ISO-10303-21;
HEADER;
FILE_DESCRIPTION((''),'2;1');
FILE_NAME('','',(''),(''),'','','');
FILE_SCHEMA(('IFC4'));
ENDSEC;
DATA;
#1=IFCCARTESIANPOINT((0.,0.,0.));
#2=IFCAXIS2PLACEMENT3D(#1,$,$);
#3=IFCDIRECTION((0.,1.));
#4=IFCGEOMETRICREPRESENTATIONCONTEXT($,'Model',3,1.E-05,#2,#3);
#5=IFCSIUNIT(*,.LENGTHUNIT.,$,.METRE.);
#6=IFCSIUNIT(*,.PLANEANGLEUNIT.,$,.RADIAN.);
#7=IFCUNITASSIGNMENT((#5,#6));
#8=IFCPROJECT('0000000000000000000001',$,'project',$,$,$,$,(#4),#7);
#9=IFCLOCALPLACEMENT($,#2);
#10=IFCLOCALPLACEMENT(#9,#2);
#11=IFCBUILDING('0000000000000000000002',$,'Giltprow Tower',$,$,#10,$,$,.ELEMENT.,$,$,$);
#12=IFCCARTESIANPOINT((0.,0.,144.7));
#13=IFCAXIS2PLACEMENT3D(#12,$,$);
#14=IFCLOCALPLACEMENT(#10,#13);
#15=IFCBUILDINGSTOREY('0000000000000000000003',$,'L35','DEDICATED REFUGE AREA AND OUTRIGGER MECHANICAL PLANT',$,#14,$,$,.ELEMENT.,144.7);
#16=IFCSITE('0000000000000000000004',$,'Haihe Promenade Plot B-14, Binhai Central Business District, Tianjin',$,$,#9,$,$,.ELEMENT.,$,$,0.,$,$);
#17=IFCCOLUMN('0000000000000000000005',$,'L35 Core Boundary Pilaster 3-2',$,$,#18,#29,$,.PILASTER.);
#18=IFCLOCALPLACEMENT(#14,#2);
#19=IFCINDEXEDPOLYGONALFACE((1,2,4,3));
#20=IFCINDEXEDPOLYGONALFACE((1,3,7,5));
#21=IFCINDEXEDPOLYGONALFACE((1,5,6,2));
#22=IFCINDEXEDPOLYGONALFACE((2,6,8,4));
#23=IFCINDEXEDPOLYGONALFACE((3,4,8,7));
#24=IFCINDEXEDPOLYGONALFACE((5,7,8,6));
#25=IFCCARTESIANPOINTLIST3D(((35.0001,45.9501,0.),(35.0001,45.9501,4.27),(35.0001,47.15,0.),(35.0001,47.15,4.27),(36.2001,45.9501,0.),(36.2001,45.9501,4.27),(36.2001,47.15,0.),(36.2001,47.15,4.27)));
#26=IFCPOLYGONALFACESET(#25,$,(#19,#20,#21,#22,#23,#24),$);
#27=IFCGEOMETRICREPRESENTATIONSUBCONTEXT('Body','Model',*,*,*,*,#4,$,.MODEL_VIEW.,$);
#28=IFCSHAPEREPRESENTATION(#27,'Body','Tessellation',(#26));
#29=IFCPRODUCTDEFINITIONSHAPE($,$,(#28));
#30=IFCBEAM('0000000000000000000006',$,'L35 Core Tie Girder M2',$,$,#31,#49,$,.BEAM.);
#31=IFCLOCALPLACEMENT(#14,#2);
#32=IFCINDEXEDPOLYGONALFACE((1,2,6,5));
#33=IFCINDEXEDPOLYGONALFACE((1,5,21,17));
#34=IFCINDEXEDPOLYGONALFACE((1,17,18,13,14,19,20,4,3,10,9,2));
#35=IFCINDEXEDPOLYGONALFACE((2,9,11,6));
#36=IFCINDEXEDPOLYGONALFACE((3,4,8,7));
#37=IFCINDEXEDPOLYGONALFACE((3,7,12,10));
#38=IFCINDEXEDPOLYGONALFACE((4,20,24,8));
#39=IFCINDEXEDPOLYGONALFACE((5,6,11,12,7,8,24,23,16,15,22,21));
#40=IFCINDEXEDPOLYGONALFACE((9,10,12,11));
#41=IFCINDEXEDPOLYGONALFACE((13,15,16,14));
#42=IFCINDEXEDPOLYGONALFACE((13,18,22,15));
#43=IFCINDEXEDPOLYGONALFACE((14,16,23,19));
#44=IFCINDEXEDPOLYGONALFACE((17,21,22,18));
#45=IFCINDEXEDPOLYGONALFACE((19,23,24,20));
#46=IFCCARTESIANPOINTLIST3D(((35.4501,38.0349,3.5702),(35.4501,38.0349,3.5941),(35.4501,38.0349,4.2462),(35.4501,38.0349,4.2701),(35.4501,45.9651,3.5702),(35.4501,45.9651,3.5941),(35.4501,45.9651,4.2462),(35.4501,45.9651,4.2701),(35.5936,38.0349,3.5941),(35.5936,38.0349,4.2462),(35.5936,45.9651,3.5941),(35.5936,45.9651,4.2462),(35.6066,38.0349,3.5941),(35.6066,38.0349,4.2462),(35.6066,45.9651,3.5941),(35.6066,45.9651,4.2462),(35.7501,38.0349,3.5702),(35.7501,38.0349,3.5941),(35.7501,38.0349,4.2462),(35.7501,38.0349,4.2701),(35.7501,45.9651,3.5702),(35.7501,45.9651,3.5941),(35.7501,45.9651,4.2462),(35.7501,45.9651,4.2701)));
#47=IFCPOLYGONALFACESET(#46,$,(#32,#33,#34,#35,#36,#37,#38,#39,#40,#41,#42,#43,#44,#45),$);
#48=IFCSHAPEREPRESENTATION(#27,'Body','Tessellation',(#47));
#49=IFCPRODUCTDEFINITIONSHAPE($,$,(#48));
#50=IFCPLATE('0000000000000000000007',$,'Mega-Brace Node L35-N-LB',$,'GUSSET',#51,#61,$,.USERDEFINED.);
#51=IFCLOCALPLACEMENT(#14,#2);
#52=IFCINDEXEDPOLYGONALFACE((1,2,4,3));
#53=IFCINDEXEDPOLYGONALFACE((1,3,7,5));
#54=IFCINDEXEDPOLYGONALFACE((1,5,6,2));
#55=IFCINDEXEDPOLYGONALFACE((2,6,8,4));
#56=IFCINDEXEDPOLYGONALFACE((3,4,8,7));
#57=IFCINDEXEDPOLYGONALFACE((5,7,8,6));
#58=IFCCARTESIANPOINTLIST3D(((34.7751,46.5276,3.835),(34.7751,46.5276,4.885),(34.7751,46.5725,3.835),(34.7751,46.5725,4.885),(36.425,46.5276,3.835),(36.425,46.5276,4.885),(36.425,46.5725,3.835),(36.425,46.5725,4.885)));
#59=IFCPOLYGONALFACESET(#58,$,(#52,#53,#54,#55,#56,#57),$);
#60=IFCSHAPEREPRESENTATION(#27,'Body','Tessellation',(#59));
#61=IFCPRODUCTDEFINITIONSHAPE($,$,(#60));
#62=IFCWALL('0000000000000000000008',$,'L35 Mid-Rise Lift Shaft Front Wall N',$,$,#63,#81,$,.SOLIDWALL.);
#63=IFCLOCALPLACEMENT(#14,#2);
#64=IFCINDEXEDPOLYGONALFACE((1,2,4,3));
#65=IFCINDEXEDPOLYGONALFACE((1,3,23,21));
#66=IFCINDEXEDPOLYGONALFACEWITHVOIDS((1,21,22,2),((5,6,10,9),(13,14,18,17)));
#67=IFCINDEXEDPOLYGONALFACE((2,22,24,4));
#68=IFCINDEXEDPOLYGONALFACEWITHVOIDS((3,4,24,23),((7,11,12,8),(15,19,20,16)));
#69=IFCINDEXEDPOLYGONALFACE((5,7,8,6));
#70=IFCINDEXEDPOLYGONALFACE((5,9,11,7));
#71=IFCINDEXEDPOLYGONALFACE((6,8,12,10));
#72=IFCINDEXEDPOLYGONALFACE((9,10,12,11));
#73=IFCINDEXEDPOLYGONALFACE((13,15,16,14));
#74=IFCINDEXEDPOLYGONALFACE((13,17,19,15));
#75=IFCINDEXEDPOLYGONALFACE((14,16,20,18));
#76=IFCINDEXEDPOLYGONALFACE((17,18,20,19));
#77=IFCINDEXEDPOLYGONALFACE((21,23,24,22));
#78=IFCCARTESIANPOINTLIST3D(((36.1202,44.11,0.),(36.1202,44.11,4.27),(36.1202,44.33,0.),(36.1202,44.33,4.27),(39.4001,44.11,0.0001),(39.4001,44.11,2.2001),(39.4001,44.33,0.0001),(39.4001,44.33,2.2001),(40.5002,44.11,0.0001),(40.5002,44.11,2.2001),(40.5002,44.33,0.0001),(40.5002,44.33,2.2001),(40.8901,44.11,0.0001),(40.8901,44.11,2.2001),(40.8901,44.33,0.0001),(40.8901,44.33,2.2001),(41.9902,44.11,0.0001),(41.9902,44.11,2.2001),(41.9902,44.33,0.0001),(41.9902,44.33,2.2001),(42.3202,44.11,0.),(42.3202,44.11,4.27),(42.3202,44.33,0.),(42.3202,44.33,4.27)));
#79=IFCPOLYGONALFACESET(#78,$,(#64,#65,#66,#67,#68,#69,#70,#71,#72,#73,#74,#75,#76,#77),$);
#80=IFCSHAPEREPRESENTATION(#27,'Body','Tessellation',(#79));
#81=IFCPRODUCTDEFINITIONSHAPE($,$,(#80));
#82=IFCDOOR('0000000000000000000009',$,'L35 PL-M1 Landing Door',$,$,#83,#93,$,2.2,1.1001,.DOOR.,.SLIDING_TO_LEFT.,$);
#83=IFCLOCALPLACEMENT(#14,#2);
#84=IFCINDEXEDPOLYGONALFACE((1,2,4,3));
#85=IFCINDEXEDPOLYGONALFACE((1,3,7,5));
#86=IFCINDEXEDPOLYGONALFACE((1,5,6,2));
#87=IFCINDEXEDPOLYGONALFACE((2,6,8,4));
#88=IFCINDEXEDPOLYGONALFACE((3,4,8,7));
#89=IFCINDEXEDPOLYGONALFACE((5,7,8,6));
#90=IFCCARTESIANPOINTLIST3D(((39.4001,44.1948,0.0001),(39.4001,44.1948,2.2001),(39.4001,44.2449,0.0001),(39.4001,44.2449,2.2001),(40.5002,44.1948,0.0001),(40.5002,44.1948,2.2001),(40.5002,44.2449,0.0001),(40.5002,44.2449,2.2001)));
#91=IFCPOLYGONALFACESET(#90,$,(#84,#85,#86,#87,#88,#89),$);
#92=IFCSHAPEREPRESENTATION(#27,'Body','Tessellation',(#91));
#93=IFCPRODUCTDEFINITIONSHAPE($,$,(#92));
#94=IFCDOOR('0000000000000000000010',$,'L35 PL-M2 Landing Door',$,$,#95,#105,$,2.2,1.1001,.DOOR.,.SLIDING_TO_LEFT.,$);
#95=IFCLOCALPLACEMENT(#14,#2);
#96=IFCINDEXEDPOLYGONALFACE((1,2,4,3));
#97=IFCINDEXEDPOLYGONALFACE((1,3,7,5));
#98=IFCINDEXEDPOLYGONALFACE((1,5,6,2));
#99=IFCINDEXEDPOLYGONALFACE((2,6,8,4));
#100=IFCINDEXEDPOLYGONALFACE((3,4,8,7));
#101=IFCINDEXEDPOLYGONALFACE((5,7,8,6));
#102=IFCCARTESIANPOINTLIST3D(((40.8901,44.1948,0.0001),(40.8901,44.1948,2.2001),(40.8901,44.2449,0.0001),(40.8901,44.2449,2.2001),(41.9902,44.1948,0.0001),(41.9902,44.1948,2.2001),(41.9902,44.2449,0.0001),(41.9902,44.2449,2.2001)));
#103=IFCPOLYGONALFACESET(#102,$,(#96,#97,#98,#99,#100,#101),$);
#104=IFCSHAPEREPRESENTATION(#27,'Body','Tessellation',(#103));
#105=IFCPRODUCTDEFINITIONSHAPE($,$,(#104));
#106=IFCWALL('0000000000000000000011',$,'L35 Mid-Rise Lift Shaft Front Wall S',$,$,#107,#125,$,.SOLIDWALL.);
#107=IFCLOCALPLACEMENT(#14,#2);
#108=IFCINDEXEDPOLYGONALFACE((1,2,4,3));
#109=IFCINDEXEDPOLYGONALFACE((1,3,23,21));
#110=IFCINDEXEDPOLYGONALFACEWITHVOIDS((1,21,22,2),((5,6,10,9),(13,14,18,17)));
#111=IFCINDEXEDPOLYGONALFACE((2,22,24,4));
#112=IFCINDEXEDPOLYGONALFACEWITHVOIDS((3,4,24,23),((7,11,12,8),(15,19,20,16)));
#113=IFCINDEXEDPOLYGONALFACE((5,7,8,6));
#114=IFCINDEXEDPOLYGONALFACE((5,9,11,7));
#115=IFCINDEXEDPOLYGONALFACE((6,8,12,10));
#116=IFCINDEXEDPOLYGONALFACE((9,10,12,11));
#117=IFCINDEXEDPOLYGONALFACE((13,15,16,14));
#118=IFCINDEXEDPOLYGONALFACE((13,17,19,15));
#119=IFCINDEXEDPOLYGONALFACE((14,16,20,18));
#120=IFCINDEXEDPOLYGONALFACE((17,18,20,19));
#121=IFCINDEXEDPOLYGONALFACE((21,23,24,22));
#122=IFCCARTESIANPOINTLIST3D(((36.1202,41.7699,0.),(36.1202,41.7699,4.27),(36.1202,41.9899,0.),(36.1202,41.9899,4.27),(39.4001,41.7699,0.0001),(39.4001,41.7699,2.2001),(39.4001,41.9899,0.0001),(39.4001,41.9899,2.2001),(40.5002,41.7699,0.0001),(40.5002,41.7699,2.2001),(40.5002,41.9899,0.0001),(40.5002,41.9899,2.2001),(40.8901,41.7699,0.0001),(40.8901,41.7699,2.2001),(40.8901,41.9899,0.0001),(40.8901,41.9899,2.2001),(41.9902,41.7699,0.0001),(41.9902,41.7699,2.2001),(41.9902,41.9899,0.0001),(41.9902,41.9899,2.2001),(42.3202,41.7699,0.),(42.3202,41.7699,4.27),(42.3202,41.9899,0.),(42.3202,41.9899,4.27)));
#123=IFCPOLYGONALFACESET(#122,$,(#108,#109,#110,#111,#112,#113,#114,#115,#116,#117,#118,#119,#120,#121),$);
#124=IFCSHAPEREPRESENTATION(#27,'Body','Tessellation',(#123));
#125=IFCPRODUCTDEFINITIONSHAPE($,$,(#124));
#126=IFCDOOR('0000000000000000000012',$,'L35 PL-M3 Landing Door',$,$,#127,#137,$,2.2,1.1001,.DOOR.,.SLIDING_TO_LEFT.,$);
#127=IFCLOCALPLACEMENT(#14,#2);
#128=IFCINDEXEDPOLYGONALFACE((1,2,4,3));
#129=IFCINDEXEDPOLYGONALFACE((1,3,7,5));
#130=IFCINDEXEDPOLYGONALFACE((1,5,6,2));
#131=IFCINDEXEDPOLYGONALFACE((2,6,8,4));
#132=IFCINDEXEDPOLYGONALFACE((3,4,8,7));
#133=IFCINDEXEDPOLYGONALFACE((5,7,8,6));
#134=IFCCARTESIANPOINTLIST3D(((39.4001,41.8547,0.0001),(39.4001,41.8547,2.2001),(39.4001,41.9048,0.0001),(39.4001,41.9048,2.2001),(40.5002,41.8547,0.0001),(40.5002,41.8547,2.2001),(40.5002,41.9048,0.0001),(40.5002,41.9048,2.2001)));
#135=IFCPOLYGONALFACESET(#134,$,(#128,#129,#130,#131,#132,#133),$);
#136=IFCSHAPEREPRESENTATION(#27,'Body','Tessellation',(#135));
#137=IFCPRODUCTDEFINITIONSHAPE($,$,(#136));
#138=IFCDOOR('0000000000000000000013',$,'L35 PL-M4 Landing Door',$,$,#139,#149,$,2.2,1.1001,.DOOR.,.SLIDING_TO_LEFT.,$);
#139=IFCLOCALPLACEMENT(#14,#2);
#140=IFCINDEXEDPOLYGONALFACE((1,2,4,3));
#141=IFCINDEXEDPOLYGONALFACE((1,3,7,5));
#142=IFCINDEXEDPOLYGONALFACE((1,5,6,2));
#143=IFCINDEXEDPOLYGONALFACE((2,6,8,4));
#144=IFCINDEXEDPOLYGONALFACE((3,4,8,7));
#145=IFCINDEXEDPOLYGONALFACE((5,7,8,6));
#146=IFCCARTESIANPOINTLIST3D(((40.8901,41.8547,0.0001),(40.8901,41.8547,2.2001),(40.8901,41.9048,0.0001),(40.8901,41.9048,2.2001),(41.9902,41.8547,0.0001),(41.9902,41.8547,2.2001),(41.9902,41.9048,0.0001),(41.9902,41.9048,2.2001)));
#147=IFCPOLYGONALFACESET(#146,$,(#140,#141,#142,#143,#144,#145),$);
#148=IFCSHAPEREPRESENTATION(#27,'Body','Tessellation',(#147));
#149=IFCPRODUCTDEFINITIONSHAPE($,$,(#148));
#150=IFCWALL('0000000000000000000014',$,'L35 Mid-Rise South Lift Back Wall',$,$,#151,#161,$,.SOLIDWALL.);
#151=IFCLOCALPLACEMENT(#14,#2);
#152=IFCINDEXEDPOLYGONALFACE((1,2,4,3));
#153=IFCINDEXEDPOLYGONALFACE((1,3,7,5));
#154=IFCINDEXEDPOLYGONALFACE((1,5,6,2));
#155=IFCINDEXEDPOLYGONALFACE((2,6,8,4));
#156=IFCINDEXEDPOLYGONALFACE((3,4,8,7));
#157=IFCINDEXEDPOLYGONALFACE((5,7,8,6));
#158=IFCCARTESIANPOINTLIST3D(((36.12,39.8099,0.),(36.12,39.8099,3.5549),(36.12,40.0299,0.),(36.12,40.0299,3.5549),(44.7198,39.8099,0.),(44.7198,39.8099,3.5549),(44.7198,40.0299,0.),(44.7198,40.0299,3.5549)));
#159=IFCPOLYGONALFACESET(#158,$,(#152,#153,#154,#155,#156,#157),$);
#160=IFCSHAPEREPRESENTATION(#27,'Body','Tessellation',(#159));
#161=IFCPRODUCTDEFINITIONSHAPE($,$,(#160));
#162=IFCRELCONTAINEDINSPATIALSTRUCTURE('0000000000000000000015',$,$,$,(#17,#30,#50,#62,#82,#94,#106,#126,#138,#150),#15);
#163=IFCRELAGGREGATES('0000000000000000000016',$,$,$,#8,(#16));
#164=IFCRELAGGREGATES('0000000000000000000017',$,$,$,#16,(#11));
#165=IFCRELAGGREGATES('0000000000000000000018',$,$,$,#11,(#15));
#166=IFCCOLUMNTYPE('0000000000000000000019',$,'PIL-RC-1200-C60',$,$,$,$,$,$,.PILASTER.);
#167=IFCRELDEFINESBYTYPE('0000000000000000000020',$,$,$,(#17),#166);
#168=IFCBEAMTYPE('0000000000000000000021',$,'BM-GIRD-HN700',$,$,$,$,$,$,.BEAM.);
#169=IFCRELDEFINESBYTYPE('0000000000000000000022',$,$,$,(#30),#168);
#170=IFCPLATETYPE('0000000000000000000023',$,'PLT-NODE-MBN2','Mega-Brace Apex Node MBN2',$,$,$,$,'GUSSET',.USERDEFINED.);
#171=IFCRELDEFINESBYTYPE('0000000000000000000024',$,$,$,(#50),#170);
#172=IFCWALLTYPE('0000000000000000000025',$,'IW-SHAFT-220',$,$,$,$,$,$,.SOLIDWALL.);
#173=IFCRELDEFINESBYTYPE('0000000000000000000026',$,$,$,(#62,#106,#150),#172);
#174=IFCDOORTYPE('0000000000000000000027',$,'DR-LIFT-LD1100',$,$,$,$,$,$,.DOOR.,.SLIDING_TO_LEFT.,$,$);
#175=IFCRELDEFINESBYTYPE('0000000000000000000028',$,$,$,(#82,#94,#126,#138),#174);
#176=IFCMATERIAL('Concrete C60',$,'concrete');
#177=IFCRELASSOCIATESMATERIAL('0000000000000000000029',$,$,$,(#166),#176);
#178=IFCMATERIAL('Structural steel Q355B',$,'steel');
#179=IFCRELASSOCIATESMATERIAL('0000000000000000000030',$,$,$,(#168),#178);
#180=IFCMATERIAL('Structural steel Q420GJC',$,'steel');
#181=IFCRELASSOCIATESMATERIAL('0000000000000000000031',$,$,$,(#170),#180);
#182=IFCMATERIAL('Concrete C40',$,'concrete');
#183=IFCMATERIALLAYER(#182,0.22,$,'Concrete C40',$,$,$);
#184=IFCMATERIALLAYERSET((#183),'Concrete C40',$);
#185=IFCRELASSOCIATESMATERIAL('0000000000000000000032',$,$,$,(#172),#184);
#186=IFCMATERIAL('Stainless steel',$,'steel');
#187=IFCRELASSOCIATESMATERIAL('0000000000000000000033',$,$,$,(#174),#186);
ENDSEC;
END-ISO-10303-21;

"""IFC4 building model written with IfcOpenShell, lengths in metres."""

from ifc_helpers import new_model, si_unit, direction, frame, frame_2d, origin, origin_2d, place, context, subcontext, project, spatial, rectangle, i_section, extrude, source, transform, mapped, material, layer, layer_set, material_profile, profile_set, type_object, element, fill, save


model = new_model("IFC4")

# Units and contexts
model_context = context("Model", 3, precision=1e-05, world=origin(), true_north=direction((0.0, 1.0)))
body_context = subcontext(model_context, "Body", "Model", "MODEL_VIEW")
ifc_project = project(units=[si_unit("LENGTHUNIT", "METRE"), si_unit("PLANEANGLEUNIT", "RADIAN")], contexts=[model_context])

# Site, building, storey
site_placement = place(None, origin())
site = spatial("IfcSite", under=ifc_project, at=site_placement, Name="Haihe Promenade Plot B-14, Binhai Central Business District, Tianjin", CompositionType="ELEMENT", RefElevation=0.0)
building_placement = place(site_placement, origin())
building = spatial("IfcBuilding", under=site, at=building_placement, Name="Giltprow Tower", CompositionType="ELEMENT")
storey_placement = place(building_placement, frame((0.0, 0.0, 144.7)))
storey = spatial("IfcBuildingStorey", under=building, at=storey_placement, Name="L35", Description="DEDICATED REFUGE AREA AND OUTRIGGER MECHANICAL PLANT", CompositionType="ELEMENT", Elevation=144.7)

# Column
ifc_material_1 = material(Name="Concrete C60", Category="concrete")
ifc_material_profile_1 = material_profile(ifc_material_1, rectangle(XDim=1.2, YDim=1.2, at=origin_2d()), Name="RC 1200x1200")
ifc_profile_set_1 = profile_set([ifc_material_profile_1], Name="Concrete C60")
column_type = type_object("IfcColumnType", Name="PIL-RC-1200-C60", PredefinedType="PILASTER", material=ifc_profile_set_1)
shared_shape_1 = source(origin(), body_context, "Body", "SweptSolid", [
    extrude(rectangle(XDim=1.2, YDim=1.2, at=origin_2d()), origin(), (0.0, 0.0, 1.0), 4.27),
])
column_placement = place(storey_placement, frame((35.6001, 46.55, 0.0), z_axis=(0.0, 0.0, 1.0), x_axis=(1.0, 0.0, 0.0)))
element("IfcColumn", 1, at=column_placement, inside=storey, type_object=column_type, Name="L35 Core Boundary Pilaster 3-2", PredefinedType="PILASTER", context=body_context, shape_type="MappedRepresentation", body=[
    mapped(shared_shape_1, transform((0.0, 0.0, 0.0), x_axis=(1.0, 0.0, 0.0), y_axis=(0.0, 1.0, 0.0), z_axis=(0.0, 0.0, 1.0), scale=1.0)),
])

# Beam
ifc_material_2 = material(Name="Structural steel Q355B", Category="steel")
ifc_material_profile_2 = material_profile(ifc_material_2, i_section(OverallWidth=0.3, OverallDepth=0.7, WebThickness=0.0129, FlangeThickness=0.0239, at=origin_2d()), Name="HN 700x300x13x24")
ifc_profile_set_2 = profile_set([ifc_material_profile_2], Name="Structural steel Q355B")
beam_type = type_object("IfcBeamType", Name="BM-GIRD-HN700", PredefinedType="BEAM", material=ifc_profile_set_2)
shared_shape_2 = source(origin(), body_context, "Body", "SweptSolid", [
    extrude(i_section(OverallWidth=0.3, OverallDepth=0.7, WebThickness=0.0129, FlangeThickness=0.0239, at=origin_2d()), origin(), (0.0, 0.0, 1.0), 7.9302),
])
beam_placement = place(storey_placement, frame((35.6001, 38.0349, 3.9202), z_axis=(0.0, 1.0, 0.0), x_axis=(-1.0, 0.0, 0.0)))
element("IfcBeam", 2, at=beam_placement, inside=storey, type_object=beam_type, Name="L35 Core Tie Girder M2", PredefinedType="BEAM", context=body_context, shape_type="MappedRepresentation", body=[
    mapped(shared_shape_2, transform((0.0, 0.0, 0.0), x_axis=(1.0, 0.0, 0.0), y_axis=(0.0, 1.0, 0.0), z_axis=(0.0, 0.0, 1.0), scale=1.0)),
])

# Plate
ifc_material_3 = material(Name="Structural steel Q420GJC", Category="steel")
plate_type = type_object("IfcPlateType", Name="PLT-NODE-MBN2", Description="Mega-Brace Apex Node MBN2", ElementType="GUSSET", PredefinedType="USERDEFINED", material=ifc_material_3)
shared_shape_3 = source(origin(), body_context, "Body", "SweptSolid", [
    extrude(rectangle(XDim=1.6499, YDim=0.0449, at=origin_2d()), origin(), (0.0, 0.0, 1.0), 1.05),
])
plate_placement = place(storey_placement, frame((35.6001, 46.55, 3.835), z_axis=(0.0, 0.0, 1.0), x_axis=(1.0, 0.0, 0.0)))
element("IfcPlate", 3, at=plate_placement, inside=storey, type_object=plate_type, Name="Mega-Brace Node L35-N-LB", ObjectType="GUSSET", PredefinedType="USERDEFINED", context=body_context, shape_type="MappedRepresentation", body=[
    mapped(shared_shape_3, transform((0.0, 0.0, 0.0), x_axis=(1.0, 0.0, 0.0), y_axis=(0.0, 1.0, 0.0), z_axis=(0.0, 0.0, 1.0), scale=1.0)),
])

# Walls, openings, doors
ifc_material_4 = material(Name="Concrete C40", Category="concrete")
ifc_layer_1 = layer(ifc_material_4, 0.22, Name="Concrete C40")
ifc_layer_set_1 = layer_set([ifc_layer_1], Name="Concrete C40")
wall_type_1 = type_object("IfcWallType", Name="IW-SHAFT-220", PredefinedType="SOLIDWALL", material=ifc_layer_set_1)
wall_1_placement = place(storey_placement, frame((36.1201, 44.22, 0.0), z_axis=(0.0, 0.0, 1.0), x_axis=(1.0, 0.0, 0.0)))
wall_1 = element("IfcWall", 4, at=wall_1_placement, inside=storey, type_object=wall_type_1, Name="L35 Mid-Rise Lift Shaft Front Wall N", PredefinedType="SOLIDWALL", context=body_context, shape_type="SweptSolid", body=[
    extrude(rectangle(XDim=6.2, YDim=0.22, at=frame_2d((3.1001, 0.0))), origin(), (0.0, 0.0, 1.0), 4.27),
])
opening_1_placement = place(wall_1_placement, frame((3.28, 0.0, 0.0)))
opening_1 = element("IfcOpeningElement", 5, at=opening_1_placement, cuts=wall_1, PredefinedType="OPENING", context=body_context, shape_type="SweptSolid", body=[
    extrude(rectangle(XDim=1.1001, YDim=2.2, at=frame_2d((0.55, 1.1001))), frame((0.0, 0.1199, 0.0), z_axis=(0.0, -1.0, 0.0), x_axis=(1.0, 0.0, 0.0)), (0.0, 0.0, 1.0), 0.24),
])
opening_2_placement = place(wall_1_placement, frame((4.77, 0.0, 0.0)))
opening_2 = element("IfcOpeningElement", 6, at=opening_2_placement, cuts=wall_1, PredefinedType="OPENING", context=body_context, shape_type="SweptSolid", body=[
    extrude(rectangle(XDim=1.1001, YDim=2.2, at=frame_2d((0.55, 1.1001))), frame((0.0, 0.1199, 0.0), z_axis=(0.0, -1.0, 0.0), x_axis=(1.0, 0.0, 0.0)), (0.0, 0.0, 1.0), 0.24),
])
ifc_material_5 = material(Name="Stainless steel", Category="steel")
door_type_1 = type_object("IfcDoorType", Name="DR-LIFT-LD1100", OperationType="SLIDING_TO_LEFT", PredefinedType="DOOR", material=ifc_material_5)
shared_shape_4 = source(origin(), body_context, "Body", "SweptSolid", [
    extrude(rectangle(XDim=1.1001, YDim=2.2, at=frame_2d((0.55, 1.1001))), frame((0.0, 0.0249, 0.0), z_axis=(0.0, -1.0, 0.0), x_axis=(1.0, 0.0, 0.0)), (0.0, 0.0, 1.0), 0.05),
])
door_1_placement = place(opening_1_placement, origin())
door_1 = element("IfcDoor", 7, at=door_1_placement, inside=storey, type_object=door_type_1, Name="L35 PL-M1 Landing Door", OperationType="SLIDING_TO_LEFT", OverallHeight=2.2, OverallWidth=1.1001, PredefinedType="DOOR", context=body_context, shape_type="MappedRepresentation", body=[
    mapped(shared_shape_4, transform((0.0, 0.0, 0.0), x_axis=(1.0, 0.0, 0.0), y_axis=(0.0, 1.0, 0.0), z_axis=(0.0, 0.0, 1.0), scale=1.0)),
])
fill(opening_1, door_1)
door_2_placement = place(opening_2_placement, origin())
door_2 = element("IfcDoor", 8, at=door_2_placement, inside=storey, type_object=door_type_1, Name="L35 PL-M2 Landing Door", OperationType="SLIDING_TO_LEFT", OverallHeight=2.2, OverallWidth=1.1001, PredefinedType="DOOR", context=body_context, shape_type="MappedRepresentation", body=[
    mapped(shared_shape_4, transform((0.0, 0.0, 0.0), x_axis=(1.0, 0.0, 0.0), y_axis=(0.0, 1.0, 0.0), z_axis=(0.0, 0.0, 1.0), scale=1.0)),
])
fill(opening_2, door_2)
wall_2_placement = place(storey_placement, frame((36.1201, 41.8799, 0.0), z_axis=(0.0, 0.0, 1.0), x_axis=(1.0, 0.0, 0.0)))
wall_2 = element("IfcWall", 9, at=wall_2_placement, inside=storey, type_object=wall_type_1, Name="L35 Mid-Rise Lift Shaft Front Wall S", PredefinedType="SOLIDWALL", context=body_context, shape_type="SweptSolid", body=[
    extrude(rectangle(XDim=6.2, YDim=0.22, at=frame_2d((3.1001, 0.0))), origin(), (0.0, 0.0, 1.0), 4.27),
])
opening_3_placement = place(wall_2_placement, frame((3.28, 0.0, 0.0)))
opening_3 = element("IfcOpeningElement", 10, at=opening_3_placement, cuts=wall_2, PredefinedType="OPENING", context=body_context, shape_type="SweptSolid", body=[
    extrude(rectangle(XDim=1.1001, YDim=2.2, at=frame_2d((0.55, 1.1001))), frame((0.0, 0.1199, 0.0), z_axis=(0.0, -1.0, 0.0), x_axis=(1.0, 0.0, 0.0)), (0.0, 0.0, 1.0), 0.24),
])
opening_4_placement = place(wall_2_placement, frame((4.77, 0.0, 0.0)))
opening_4 = element("IfcOpeningElement", 11, at=opening_4_placement, cuts=wall_2, PredefinedType="OPENING", context=body_context, shape_type="SweptSolid", body=[
    extrude(rectangle(XDim=1.1001, YDim=2.2, at=frame_2d((0.55, 1.1001))), frame((0.0, 0.1199, 0.0), z_axis=(0.0, -1.0, 0.0), x_axis=(1.0, 0.0, 0.0)), (0.0, 0.0, 1.0), 0.24),
])
door_3_placement = place(opening_3_placement, origin())
door_3 = element("IfcDoor", 12, at=door_3_placement, inside=storey, type_object=door_type_1, Name="L35 PL-M3 Landing Door", OperationType="SLIDING_TO_LEFT", OverallHeight=2.2, OverallWidth=1.1001, PredefinedType="DOOR", context=body_context, shape_type="MappedRepresentation", body=[
    mapped(shared_shape_4, transform((0.0, 0.0, 0.0), x_axis=(1.0, 0.0, 0.0), y_axis=(0.0, 1.0, 0.0), z_axis=(0.0, 0.0, 1.0), scale=1.0)),
])
fill(opening_3, door_3)
door_4_placement = place(opening_4_placement, origin())
door_4 = element("IfcDoor", 13, at=door_4_placement, inside=storey, type_object=door_type_1, Name="L35 PL-M4 Landing Door", OperationType="SLIDING_TO_LEFT", OverallHeight=2.2, OverallWidth=1.1001, PredefinedType="DOOR", context=body_context, shape_type="MappedRepresentation", body=[
    mapped(shared_shape_4, transform((0.0, 0.0, 0.0), x_axis=(1.0, 0.0, 0.0), y_axis=(0.0, 1.0, 0.0), z_axis=(0.0, 0.0, 1.0), scale=1.0)),
])
fill(opening_4, door_4)

# Wall
wall_3_placement = place(storey_placement, frame((36.1201, 39.9199, 0.0), z_axis=(0.0, 0.0, 1.0), x_axis=(1.0, 0.0, 0.0)))
element("IfcWall", 14, at=wall_3_placement, inside=storey, type_object=wall_type_1, Name="L35 Mid-Rise South Lift Back Wall", PredefinedType="SOLIDWALL", context=body_context, shape_type="SweptSolid", body=[
    extrude(rectangle(XDim=8.5999, YDim=0.22, at=frame_2d((4.2998, 0.0))), origin(), (0.0, 0.0, 1.0), 3.5549),
])

save(model, "model.ifc")
